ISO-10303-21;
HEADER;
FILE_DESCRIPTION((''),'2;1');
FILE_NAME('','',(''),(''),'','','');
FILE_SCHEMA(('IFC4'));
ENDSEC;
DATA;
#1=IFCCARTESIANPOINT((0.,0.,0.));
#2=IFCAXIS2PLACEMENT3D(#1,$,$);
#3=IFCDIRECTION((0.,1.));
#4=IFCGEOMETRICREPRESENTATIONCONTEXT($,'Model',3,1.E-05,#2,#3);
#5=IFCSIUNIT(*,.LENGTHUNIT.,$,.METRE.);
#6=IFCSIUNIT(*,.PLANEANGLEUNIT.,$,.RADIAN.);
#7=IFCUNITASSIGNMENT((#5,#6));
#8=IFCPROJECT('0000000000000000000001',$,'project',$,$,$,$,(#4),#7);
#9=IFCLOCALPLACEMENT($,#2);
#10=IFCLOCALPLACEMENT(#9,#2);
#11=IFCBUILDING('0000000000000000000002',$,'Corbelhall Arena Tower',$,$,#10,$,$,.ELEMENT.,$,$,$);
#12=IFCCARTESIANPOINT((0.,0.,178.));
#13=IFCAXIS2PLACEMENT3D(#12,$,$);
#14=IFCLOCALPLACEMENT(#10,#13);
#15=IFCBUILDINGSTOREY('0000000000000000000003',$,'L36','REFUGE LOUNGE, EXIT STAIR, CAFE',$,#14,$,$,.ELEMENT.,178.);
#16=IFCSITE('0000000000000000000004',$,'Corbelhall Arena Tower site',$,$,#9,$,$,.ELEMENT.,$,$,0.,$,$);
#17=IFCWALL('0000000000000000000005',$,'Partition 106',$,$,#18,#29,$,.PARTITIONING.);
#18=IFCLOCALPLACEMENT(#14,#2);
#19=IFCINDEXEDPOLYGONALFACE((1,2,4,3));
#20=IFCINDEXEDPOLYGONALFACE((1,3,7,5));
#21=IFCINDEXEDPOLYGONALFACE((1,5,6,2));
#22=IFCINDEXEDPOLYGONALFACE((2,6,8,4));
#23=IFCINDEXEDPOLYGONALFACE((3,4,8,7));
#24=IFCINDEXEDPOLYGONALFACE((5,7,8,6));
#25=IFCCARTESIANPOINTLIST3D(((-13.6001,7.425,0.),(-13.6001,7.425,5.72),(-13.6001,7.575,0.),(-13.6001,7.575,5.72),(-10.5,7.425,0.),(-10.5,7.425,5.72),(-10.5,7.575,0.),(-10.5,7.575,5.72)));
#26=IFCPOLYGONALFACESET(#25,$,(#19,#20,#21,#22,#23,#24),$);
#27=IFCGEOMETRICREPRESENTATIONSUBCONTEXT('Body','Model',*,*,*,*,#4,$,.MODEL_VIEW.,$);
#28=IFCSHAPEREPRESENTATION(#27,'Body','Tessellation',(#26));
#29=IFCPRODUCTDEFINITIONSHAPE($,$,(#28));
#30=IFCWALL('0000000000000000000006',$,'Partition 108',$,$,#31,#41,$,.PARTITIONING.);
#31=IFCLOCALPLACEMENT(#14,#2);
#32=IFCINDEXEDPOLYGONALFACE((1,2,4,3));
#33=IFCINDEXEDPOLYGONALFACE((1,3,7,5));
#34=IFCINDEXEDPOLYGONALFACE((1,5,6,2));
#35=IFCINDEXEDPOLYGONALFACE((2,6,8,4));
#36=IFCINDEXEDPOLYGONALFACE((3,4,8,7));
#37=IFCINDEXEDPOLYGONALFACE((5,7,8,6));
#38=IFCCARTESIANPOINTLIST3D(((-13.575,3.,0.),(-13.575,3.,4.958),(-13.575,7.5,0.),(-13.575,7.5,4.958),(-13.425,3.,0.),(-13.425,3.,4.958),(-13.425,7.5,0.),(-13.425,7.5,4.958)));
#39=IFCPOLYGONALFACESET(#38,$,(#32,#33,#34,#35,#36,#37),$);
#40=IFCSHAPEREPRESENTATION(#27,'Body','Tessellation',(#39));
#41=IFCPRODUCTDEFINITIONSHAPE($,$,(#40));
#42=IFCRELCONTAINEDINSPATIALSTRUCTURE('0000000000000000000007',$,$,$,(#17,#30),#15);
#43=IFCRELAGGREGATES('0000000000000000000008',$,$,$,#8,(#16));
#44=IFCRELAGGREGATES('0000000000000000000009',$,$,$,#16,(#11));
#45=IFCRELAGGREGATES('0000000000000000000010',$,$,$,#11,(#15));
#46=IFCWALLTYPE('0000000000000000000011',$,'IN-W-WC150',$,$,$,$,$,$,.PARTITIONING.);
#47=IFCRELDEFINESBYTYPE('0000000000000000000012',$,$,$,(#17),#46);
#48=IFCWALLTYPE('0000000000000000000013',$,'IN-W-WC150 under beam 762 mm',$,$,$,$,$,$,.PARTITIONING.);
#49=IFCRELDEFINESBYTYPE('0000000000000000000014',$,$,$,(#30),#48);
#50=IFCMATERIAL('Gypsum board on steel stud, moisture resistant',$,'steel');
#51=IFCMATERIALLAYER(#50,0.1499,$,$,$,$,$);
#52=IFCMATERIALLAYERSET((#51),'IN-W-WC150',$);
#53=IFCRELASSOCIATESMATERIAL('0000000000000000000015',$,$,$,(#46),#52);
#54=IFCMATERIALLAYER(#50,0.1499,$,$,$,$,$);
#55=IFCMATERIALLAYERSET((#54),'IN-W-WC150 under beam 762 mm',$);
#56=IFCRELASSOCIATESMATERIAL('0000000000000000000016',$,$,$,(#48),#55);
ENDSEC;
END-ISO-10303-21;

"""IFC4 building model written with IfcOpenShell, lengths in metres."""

from ifc_helpers import new_model, si_unit, direction, frame, frame_2d, origin, place, context, subcontext, project, spatial, rectangle, extrude, material, layer, layer_set, type_object, element, save


model = new_model("IFC4")

# Units and contexts
model_context = context("Model", 3, precision=1e-05, world=origin(), true_north=direction((0.0, 1.0)))
body_context = subcontext(model_context, "Body", "Model", "MODEL_VIEW")
ifc_project = project(units=[si_unit("LENGTHUNIT", "METRE"), si_unit("PLANEANGLEUNIT", "RADIAN")], contexts=[model_context])

# Site, building, storey
site_placement = place(None, origin())
site = spatial("IfcSite", under=ifc_project, at=site_placement, Name="Corbelhall Arena Tower site", CompositionType="ELEMENT", RefElevation=0.0)
building_placement = place(site_placement, origin())
building = spatial("IfcBuilding", under=site, at=building_placement, Name="Corbelhall Arena Tower", CompositionType="ELEMENT")
storey_placement = place(building_placement, frame((0.0, 0.0, 178.0)))
storey = spatial("IfcBuildingStorey", under=building, at=storey_placement, Name="L36", Description="REFUGE LOUNGE, EXIT STAIR, CAFE", CompositionType="ELEMENT", Elevation=178.0)

# Walls
ifc_material_1 = material(Name="Gypsum board on steel stud, moisture resistant", Category="steel")
ifc_layer_1 = layer(ifc_material_1, 0.1499)
ifc_layer_set_1 = layer_set([ifc_layer_1], Name="IN-W-WC150")
wall_type_1 = type_object("IfcWallType", Name="IN-W-WC150", PredefinedType="PARTITIONING", material=ifc_layer_set_1)
wall_1_placement = place(storey_placement, frame((-13.6001, 7.5, 0.0), z_axis=(0.0, 0.0, 1.0), x_axis=(1.0, 0.0, 0.0)))
element("IfcWall", 1, at=wall_1_placement, inside=storey, type_object=wall_type_1, Name="Partition 106", PredefinedType="PARTITIONING", context=body_context, shape_type="SweptSolid", body=[
    extrude(rectangle(XDim=3.1001, YDim=0.1499, at=frame_2d((1.55, 0.0))), origin(), (0.0, 0.0, 1.0), 5.72),
])
ifc_layer_2 = layer(ifc_material_1, 0.1499)
ifc_layer_set_2 = layer_set([ifc_layer_2], Name="IN-W-WC150 under beam 762 mm")
wall_type_2 = type_object("IfcWallType", Name="IN-W-WC150 under beam 762 mm", PredefinedType="PARTITIONING", material=ifc_layer_set_2)
wall_2_placement = place(storey_placement, frame((-13.5, 3.0, 0.0), z_axis=(0.0, 0.0, 1.0), x_axis=(0.0, 1.0, 0.0)))
element("IfcWall", 2, at=wall_2_placement, inside=storey, type_object=wall_type_2, Name="Partition 108", PredefinedType="PARTITIONING", context=body_context, shape_type="SweptSolid", body=[
    extrude(rectangle(XDim=4.5, YDim=0.1499, at=frame_2d((2.25, 0.0))), origin(), (0.0, 0.0, 1.0), 4.958),
])

save(model, "model.ifc")
